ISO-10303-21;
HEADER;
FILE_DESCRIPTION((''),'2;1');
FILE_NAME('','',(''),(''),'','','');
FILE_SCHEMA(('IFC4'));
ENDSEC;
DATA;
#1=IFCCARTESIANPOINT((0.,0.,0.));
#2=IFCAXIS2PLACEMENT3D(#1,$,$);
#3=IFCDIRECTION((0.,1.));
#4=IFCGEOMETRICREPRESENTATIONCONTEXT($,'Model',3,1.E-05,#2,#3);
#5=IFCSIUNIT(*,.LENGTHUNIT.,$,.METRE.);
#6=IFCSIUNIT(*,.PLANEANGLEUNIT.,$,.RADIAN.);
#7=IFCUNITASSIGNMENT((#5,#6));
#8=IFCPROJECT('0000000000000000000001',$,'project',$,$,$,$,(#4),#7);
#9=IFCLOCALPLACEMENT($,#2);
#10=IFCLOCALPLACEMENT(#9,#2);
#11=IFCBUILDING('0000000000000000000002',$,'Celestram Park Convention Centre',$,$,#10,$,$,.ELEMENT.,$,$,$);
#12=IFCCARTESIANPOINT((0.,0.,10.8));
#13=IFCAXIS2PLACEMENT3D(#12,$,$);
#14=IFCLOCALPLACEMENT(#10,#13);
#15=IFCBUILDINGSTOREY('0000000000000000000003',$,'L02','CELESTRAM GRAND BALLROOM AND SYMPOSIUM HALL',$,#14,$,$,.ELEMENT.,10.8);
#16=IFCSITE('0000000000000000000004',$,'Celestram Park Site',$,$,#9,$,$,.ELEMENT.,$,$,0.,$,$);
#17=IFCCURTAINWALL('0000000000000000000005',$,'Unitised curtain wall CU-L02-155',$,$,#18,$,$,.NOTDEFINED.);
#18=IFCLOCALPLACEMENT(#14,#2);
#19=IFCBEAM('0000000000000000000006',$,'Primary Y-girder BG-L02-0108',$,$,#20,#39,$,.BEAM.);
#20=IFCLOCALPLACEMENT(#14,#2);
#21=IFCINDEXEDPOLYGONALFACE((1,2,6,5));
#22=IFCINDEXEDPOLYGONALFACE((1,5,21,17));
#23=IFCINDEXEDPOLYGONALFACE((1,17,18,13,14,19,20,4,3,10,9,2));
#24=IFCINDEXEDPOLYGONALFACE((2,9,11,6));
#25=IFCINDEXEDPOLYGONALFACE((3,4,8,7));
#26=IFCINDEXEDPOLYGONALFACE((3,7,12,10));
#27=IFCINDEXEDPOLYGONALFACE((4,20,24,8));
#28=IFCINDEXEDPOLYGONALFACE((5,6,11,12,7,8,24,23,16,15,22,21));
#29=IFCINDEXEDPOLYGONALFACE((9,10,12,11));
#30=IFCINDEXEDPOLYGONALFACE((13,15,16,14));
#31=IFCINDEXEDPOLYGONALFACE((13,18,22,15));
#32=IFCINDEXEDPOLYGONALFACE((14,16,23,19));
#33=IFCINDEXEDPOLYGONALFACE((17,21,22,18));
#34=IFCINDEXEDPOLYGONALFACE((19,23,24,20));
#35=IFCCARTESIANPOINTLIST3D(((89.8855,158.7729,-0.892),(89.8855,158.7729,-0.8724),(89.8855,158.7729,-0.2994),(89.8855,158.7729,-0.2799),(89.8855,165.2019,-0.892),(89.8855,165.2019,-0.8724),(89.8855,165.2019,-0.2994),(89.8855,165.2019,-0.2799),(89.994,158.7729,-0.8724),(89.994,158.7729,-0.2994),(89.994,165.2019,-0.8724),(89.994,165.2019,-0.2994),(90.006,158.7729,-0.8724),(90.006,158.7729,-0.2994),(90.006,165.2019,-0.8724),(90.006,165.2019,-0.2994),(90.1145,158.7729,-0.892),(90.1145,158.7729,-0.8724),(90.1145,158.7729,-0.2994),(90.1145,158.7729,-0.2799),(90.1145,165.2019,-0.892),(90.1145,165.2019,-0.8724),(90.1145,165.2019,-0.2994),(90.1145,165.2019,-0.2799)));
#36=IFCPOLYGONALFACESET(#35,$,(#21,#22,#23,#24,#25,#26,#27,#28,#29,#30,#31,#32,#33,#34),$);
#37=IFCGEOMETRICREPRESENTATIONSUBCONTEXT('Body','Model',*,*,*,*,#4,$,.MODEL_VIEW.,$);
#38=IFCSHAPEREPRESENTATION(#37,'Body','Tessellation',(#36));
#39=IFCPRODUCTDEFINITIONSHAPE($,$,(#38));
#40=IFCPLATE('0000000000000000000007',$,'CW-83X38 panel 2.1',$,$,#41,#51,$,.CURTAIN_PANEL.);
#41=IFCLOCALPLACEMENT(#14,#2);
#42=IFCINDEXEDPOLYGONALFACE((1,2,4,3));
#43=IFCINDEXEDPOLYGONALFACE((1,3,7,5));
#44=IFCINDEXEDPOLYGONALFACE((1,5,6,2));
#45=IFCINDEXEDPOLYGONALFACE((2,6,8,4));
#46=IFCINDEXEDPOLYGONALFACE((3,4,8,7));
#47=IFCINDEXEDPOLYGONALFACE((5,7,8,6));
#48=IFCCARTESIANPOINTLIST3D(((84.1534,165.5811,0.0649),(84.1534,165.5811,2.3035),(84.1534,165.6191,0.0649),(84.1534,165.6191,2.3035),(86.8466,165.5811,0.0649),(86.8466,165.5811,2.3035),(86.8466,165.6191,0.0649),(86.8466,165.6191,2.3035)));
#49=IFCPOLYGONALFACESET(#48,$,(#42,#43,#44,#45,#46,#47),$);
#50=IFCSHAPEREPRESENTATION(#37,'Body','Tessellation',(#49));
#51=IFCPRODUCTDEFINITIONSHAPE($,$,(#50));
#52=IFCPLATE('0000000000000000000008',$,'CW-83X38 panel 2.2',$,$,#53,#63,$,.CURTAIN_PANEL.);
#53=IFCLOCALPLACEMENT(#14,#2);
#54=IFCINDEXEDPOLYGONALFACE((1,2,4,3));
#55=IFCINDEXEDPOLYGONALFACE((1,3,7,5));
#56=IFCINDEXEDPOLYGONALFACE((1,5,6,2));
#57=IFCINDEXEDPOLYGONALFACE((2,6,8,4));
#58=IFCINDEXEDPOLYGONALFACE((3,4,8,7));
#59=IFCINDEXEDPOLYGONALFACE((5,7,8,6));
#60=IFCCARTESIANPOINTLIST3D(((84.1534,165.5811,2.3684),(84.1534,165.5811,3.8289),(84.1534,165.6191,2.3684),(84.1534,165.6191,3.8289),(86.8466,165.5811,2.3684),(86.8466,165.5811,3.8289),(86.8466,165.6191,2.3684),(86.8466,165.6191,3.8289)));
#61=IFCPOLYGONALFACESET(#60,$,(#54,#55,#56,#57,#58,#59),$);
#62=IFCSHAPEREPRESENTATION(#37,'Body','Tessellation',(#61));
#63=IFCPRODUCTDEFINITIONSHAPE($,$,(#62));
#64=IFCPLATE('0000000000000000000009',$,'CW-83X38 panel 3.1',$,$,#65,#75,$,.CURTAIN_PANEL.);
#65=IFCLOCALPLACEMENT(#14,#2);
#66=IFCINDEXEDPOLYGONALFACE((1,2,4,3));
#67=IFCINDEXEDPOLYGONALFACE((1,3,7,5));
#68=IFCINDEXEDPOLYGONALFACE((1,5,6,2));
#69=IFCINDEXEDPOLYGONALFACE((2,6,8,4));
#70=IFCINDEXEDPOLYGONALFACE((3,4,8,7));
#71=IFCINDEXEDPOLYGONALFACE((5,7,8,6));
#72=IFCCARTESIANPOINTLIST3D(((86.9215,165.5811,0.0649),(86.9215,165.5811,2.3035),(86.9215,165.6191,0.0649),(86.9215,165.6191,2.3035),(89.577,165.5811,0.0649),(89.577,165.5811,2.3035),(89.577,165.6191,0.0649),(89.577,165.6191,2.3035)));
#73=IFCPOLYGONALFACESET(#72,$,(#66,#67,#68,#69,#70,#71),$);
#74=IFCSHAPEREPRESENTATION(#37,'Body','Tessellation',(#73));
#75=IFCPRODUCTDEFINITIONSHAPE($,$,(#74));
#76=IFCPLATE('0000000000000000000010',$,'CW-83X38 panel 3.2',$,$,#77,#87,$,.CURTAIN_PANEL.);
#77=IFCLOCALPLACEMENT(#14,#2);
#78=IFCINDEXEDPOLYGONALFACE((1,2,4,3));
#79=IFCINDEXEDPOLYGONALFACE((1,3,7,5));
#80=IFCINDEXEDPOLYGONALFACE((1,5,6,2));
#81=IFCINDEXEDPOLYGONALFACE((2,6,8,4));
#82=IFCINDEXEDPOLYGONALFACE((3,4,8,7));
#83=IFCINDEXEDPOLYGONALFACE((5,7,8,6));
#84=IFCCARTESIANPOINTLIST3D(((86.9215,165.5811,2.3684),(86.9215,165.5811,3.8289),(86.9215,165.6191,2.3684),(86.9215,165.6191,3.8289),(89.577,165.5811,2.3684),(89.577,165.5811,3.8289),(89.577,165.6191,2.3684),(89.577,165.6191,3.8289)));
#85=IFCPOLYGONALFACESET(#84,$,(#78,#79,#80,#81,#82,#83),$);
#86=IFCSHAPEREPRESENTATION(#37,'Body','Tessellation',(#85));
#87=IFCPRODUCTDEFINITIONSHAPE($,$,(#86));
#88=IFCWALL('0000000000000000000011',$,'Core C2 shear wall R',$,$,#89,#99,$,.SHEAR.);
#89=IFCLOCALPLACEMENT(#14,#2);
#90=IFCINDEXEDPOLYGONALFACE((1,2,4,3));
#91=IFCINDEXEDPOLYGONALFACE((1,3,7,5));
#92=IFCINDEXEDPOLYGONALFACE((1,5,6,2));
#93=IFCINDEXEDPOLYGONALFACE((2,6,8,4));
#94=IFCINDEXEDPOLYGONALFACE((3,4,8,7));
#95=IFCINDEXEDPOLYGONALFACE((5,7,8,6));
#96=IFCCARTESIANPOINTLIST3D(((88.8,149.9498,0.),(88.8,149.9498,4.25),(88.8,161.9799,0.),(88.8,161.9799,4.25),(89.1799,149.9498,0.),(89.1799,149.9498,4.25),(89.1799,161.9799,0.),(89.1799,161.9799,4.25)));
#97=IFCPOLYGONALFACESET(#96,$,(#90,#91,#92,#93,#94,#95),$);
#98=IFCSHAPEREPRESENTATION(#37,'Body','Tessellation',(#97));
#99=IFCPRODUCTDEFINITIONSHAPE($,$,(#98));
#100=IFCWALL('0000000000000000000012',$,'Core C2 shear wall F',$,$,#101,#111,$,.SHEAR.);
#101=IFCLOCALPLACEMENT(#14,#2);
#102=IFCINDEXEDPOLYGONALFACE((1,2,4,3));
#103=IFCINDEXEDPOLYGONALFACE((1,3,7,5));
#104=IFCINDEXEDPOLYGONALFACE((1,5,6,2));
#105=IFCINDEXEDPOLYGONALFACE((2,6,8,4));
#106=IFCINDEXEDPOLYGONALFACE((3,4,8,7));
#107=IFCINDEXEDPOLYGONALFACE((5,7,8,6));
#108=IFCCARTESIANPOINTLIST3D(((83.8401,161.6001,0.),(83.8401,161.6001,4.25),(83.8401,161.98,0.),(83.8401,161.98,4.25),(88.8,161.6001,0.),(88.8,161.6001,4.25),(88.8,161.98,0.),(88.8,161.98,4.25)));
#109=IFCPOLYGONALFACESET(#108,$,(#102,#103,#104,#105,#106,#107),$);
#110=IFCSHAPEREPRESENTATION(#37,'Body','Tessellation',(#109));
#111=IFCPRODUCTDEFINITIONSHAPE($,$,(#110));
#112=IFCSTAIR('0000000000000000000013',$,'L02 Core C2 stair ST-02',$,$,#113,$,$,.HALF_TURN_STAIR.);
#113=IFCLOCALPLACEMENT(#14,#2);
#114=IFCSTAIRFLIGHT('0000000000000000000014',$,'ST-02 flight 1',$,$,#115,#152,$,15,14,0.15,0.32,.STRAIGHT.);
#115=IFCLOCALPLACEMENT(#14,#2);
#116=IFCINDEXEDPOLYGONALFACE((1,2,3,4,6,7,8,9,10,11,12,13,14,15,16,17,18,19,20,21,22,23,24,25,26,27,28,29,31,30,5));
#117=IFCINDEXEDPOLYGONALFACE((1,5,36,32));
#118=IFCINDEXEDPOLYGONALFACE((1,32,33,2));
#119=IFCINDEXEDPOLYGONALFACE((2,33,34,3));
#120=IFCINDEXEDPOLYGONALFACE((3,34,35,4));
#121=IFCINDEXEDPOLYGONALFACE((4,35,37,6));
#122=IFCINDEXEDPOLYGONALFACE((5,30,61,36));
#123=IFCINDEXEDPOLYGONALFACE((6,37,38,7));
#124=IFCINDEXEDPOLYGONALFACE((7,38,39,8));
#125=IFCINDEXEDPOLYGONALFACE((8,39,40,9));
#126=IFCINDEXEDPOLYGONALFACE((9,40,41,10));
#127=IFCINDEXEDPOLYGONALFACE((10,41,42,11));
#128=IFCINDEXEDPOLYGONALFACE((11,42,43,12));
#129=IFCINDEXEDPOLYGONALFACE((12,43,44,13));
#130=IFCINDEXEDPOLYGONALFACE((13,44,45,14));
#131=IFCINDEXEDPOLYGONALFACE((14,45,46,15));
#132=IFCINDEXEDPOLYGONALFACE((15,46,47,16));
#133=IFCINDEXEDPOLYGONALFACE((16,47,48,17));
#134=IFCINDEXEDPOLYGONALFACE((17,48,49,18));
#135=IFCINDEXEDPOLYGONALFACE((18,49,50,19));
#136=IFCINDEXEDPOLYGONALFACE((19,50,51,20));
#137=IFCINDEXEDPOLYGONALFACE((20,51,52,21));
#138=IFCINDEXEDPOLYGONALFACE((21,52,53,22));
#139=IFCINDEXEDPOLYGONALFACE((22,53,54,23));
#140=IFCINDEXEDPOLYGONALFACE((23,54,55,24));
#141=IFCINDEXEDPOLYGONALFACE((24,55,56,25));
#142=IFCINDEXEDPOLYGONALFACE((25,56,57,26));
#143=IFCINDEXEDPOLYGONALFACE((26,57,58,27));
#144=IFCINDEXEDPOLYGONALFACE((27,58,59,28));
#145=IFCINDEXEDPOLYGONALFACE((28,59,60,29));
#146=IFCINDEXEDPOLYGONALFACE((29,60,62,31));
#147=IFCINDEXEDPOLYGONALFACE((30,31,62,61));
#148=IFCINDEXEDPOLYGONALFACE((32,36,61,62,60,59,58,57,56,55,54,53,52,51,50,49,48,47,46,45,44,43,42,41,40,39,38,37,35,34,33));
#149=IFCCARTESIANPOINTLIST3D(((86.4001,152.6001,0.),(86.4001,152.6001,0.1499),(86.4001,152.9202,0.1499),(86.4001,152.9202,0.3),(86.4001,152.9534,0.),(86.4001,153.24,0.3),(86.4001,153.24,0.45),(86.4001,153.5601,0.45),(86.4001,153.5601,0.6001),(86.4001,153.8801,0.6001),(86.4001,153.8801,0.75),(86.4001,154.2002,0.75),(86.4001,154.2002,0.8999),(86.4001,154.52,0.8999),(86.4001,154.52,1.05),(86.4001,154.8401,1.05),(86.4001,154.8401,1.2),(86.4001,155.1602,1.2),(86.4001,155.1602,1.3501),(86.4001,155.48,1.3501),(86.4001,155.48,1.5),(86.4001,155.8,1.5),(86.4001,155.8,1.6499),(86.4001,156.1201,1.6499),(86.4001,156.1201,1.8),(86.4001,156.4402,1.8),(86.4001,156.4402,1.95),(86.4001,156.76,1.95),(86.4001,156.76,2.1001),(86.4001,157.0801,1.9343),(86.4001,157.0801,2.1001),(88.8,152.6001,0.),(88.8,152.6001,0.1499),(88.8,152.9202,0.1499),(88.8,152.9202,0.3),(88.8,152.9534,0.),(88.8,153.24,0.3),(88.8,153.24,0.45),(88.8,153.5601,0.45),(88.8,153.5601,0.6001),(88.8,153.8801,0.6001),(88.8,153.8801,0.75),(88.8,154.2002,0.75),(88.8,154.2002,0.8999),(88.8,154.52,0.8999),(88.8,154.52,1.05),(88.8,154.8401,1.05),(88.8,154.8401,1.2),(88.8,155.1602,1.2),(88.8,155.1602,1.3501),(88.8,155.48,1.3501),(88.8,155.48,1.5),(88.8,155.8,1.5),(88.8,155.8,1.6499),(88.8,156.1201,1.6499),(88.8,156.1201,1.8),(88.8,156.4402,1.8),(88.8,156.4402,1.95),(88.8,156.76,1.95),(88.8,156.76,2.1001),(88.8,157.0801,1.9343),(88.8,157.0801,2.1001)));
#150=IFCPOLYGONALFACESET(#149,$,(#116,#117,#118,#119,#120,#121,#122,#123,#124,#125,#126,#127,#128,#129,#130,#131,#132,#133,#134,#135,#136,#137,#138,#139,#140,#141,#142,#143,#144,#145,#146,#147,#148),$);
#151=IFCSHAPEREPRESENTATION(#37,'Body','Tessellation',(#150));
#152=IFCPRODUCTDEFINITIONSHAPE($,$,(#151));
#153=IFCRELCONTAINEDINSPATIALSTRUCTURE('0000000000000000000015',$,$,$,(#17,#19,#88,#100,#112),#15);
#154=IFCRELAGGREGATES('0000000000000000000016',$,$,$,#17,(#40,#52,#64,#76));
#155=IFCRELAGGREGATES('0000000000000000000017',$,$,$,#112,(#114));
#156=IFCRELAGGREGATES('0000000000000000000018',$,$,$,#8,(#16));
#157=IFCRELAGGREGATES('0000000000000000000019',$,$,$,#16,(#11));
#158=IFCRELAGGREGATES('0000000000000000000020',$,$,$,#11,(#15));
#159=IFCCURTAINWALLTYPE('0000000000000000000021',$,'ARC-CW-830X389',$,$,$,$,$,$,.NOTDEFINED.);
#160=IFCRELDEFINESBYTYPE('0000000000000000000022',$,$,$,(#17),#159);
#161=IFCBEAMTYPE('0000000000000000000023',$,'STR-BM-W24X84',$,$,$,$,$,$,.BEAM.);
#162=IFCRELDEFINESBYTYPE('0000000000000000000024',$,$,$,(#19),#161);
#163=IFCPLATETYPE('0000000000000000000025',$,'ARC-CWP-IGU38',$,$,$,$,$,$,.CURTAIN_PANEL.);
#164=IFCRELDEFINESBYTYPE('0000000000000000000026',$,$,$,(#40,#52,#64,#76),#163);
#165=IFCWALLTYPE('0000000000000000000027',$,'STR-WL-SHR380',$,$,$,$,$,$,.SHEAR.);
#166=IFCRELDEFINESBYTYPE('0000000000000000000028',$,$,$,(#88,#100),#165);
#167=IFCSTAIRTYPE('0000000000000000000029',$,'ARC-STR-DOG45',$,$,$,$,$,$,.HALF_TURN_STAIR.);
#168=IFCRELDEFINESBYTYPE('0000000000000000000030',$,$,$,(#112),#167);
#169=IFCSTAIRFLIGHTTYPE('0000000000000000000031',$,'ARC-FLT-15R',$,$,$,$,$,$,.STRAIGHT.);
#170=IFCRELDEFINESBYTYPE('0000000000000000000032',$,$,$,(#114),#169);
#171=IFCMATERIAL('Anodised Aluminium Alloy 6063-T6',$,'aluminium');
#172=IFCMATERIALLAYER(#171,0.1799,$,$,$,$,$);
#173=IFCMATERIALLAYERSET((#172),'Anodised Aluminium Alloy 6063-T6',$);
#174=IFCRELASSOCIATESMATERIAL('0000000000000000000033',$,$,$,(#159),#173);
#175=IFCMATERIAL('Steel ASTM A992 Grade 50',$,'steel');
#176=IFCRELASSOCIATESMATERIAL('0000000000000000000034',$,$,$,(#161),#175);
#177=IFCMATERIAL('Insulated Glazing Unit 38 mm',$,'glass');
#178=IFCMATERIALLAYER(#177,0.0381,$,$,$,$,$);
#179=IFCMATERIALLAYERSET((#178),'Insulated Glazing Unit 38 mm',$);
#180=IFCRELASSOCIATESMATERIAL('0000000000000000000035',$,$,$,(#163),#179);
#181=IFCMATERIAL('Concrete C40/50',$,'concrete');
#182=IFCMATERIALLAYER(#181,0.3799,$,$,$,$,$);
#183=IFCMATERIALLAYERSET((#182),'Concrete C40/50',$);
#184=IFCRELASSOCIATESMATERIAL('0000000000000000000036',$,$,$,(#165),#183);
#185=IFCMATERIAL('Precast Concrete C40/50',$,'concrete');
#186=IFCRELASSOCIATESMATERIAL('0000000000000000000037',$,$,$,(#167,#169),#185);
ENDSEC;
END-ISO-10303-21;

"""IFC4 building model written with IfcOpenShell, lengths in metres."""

from ifc_helpers import new_model, si_unit, direction, frame, frame_2d, origin, origin_2d, place, context, subcontext, project, spatial, polyline, rectangle, i_section, outline, extrude, material, layer, layer_set, material_profile, profile_set, type_object, element, aggregate, save


model = new_model("IFC4")

# Units and contexts
model_context = context("Model", 3, precision=1e-05, world=origin(), true_north=direction((0.0, 1.0)))
body_context = subcontext(model_context, "Body", "Model", "MODEL_VIEW")
ifc_project = project(units=[si_unit("LENGTHUNIT", "METRE"), si_unit("PLANEANGLEUNIT", "RADIAN")], contexts=[model_context])

# Site, building, storey
site_placement = place(None, origin())
site = spatial("IfcSite", under=ifc_project, at=site_placement, Name="Celestram Park Site", CompositionType="ELEMENT", RefElevation=0.0)
building_placement = place(site_placement, origin())
building = spatial("IfcBuilding", under=site, at=building_placement, Name="Celestram Park Convention Centre", CompositionType="ELEMENT")
storey_placement = place(building_placement, frame((0.0, 0.0, 10.8)))
storey = spatial("IfcBuildingStorey", under=building, at=storey_placement, Name="L02", Description="CELESTRAM GRAND BALLROOM AND SYMPOSIUM HALL", CompositionType="ELEMENT", Elevation=10.8)

# Shared definitions
ifc_material_1 = material(Name="Concrete C40/50", Category="concrete")

# Curtain wall
ifc_material_2 = material(Name="Anodised Aluminium Alloy 6063-T6", Category="aluminium")
ifc_layer_1 = layer(ifc_material_2, 0.1799)
ifc_layer_set_1 = layer_set([ifc_layer_1], Name="Anodised Aluminium Alloy 6063-T6")
curtain_wall_type = type_object("IfcCurtainWallType", Name="ARC-CW-830X389", PredefinedType="NOTDEFINED", material=ifc_layer_set_1)
curtain_wall_placement = place(storey_placement, origin())
curtain_wall = element("IfcCurtainWall", 1, at=curtain_wall_placement, inside=storey, type_object=curtain_wall_type, Name="Unitised curtain wall CU-L02-155", PredefinedType="NOTDEFINED")

# Beam
ifc_material_3 = material(Name="Steel ASTM A992 Grade 50", Category="steel")
ifc_material_profile_1 = material_profile(ifc_material_3, i_section(OverallWidth=0.229, OverallDepth=0.6121, WebThickness=0.012, FlangeThickness=0.0195, at=origin_2d()), Name="W24X84")
ifc_profile_set_1 = profile_set([ifc_material_profile_1], Name="Steel ASTM A992 Grade 50")
beam_type = type_object("IfcBeamType", Name="STR-BM-W24X84", PredefinedType="BEAM", material=ifc_profile_set_1)
beam_placement = place(storey_placement, frame((90.0, 158.7729, -0.5859), z_axis=(0.0, 1.0, 0.0), x_axis=(-1.0, 0.0, 0.0)))
element("IfcBeam", 2, at=beam_placement, inside=storey, type_object=beam_type, Name="Primary Y-girder BG-L02-0108", PredefinedType="BEAM", context=body_context, shape_type="SweptSolid", body=[
    extrude(i_section(OverallWidth=0.229, OverallDepth=0.6121, WebThickness=0.012, FlangeThickness=0.0195, at=origin_2d()), origin(), (0.0, 0.0, 1.0), 6.429),
])

# Plates
ifc_material_4 = material(Name="Insulated Glazing Unit 38 mm", Category="glass")
ifc_layer_2 = layer(ifc_material_4, 0.0381)
ifc_layer_set_2 = layer_set([ifc_layer_2], Name="Insulated Glazing Unit 38 mm")
plate_type = type_object("IfcPlateType", Name="ARC-CWP-IGU38", PredefinedType="CURTAIN_PANEL", material=ifc_layer_set_2)
plate_1_placement = place(storey_placement, frame((85.5, 165.6001, 0.0649), z_axis=(0.0, 0.0, 1.0), x_axis=(1.0, 0.0, 0.0)))
plate_1 = element("IfcPlate", 3, at=plate_1_placement, type_object=plate_type, Name="CW-83X38 panel 2.1", PredefinedType="CURTAIN_PANEL", context=body_context, shape_type="SweptSolid", body=[
    extrude(rectangle(XDim=2.6931, YDim=0.0381, at=origin_2d()), origin(), (0.0, 0.0, 1.0), 2.2385),
])
plate_2_placement = place(storey_placement, frame((85.5, 165.6001, 2.3684), z_axis=(0.0, 0.0, 1.0), x_axis=(1.0, 0.0, 0.0)))
plate_2 = element("IfcPlate", 4, at=plate_2_placement, type_object=plate_type, Name="CW-83X38 panel 2.2", PredefinedType="CURTAIN_PANEL", context=body_context, shape_type="SweptSolid", body=[
    extrude(rectangle(XDim=2.6931, YDim=0.0381, at=origin_2d()), origin(), (0.0, 0.0, 1.0), 1.4604),
])
plate_3_placement = place(storey_placement, frame((88.2493, 165.6001, 0.0649), z_axis=(0.0, 0.0, 1.0), x_axis=(1.0, 0.0, 0.0)))
plate_3 = element("IfcPlate", 5, at=plate_3_placement, type_object=plate_type, Name="CW-83X38 panel 3.1", PredefinedType="CURTAIN_PANEL", context=body_context, shape_type="SweptSolid", body=[
    extrude(rectangle(XDim=2.6555, YDim=0.0381, at=origin_2d()), origin(), (0.0, 0.0, 1.0), 2.2385),
])
plate_4_placement = place(storey_placement, frame((88.2493, 165.6001, 2.3684), z_axis=(0.0, 0.0, 1.0), x_axis=(1.0, 0.0, 0.0)))
plate_4 = element("IfcPlate", 6, at=plate_4_placement, type_object=plate_type, Name="CW-83X38 panel 3.2", PredefinedType="CURTAIN_PANEL", context=body_context, shape_type="SweptSolid", body=[
    extrude(rectangle(XDim=2.6555, YDim=0.0381, at=origin_2d()), origin(), (0.0, 0.0, 1.0), 1.4604),
])
aggregate(curtain_wall, [plate_1, plate_2, plate_3, plate_4])

# Walls
ifc_layer_3 = layer(ifc_material_1, 0.3799)
ifc_layer_set_3 = layer_set([ifc_layer_3], Name="Concrete C40/50")
wall_type = type_object("IfcWallType", Name="STR-WL-SHR380", PredefinedType="SHEAR", material=ifc_layer_set_3)
wall_1_placement = place(storey_placement, frame((88.99, 161.98, 0.0), z_axis=(0.0, 0.0, 1.0), x_axis=(0.0, -1.0, 0.0)))
element("IfcWall", 7, at=wall_1_placement, inside=storey, type_object=wall_type, Name="Core C2 shear wall R", PredefinedType="SHEAR", context=body_context, shape_type="SweptSolid", body=[
    extrude(rectangle(XDim=12.03, YDim=0.3799, at=frame_2d((6.0151, 0.0))), origin(), (0.0, 0.0, 1.0), 4.25),
])
wall_2_placement = place(storey_placement, frame((83.8401, 161.79, 0.0), z_axis=(0.0, 0.0, 1.0), x_axis=(1.0, 0.0, 0.0)))
element("IfcWall", 8, at=wall_2_placement, inside=storey, type_object=wall_type, Name="Core C2 shear wall F", PredefinedType="SHEAR", context=body_context, shape_type="SweptSolid", body=[
    extrude(rectangle(XDim=4.96, YDim=0.3799, at=frame_2d((2.48, 0.0))), origin(), (0.0, 0.0, 1.0), 4.25),
])

# Stair, stair flight
ifc_material_5 = material(Name="Precast Concrete C40/50", Category="concrete")
stair_type = type_object("IfcStairType", Name="ARC-STR-DOG45", PredefinedType="HALF_TURN_STAIR", material=ifc_material_5)
stair_placement = place(storey_placement, origin())
stair = element("IfcStair", 9, at=stair_placement, inside=storey, type_object=stair_type, Name="L02 Core C2 stair ST-02", PredefinedType="HALF_TURN_STAIR")
stair_flight_type = type_object("IfcStairFlightType", Name="ARC-FLT-15R", PredefinedType="STRAIGHT", material=ifc_material_5)
stair_flight_1_placement = place(storey_placement, frame((87.6001, 152.6001, 0.0), z_axis=(0.0, 0.0, 1.0), x_axis=(0.0, 1.0, 0.0)))
stair_flight_1 = element("IfcStairFlight", 10, at=stair_flight_1_placement, type_object=stair_flight_type, Name="ST-02 flight 1", NumberOfRisers=15, NumberOfTreads=14, PredefinedType="STRAIGHT", RiserHeight=0.15, TreadLength=0.32, context=body_context, shape_type="SweptSolid", body=[
    extrude(outline(polyline([(0.0, 0.0), (0.0, 0.1499), (0.3201, 0.1499), (0.3201, 0.3), (0.6399, 0.3), (0.6399, 0.45), (0.96, 0.45), (0.96, 0.6001), (1.28, 0.6001), (1.28, 0.75), (1.6001, 0.75), (1.6001, 0.8999), (1.9199, 0.8999), (1.9199, 1.05), (2.24, 1.05), (2.24, 1.2), (2.5601, 1.2), (2.5601, 1.3501), (2.8799, 1.3501), (2.8799, 1.5), (3.2, 1.5), (3.2, 1.6499), (3.52, 1.6499), (3.52, 1.8), (3.8401, 1.8), (3.8401, 1.95), (4.1599, 1.95), (4.1599, 2.1001), (4.48, 2.1001), (4.48, 2.25), (4.48, 1.9343), (0.3533, 0.0), (0.0, 0.0)])), frame((0.0, 1.2, 0.0), z_axis=(0.0, -1.0, 0.0), x_axis=(1.0, 0.0, 0.0)), (0.0, 0.0, 1.0), 2.3999),
])
aggregate(stair, [stair_flight_1])

save(model, "model.ifc")
